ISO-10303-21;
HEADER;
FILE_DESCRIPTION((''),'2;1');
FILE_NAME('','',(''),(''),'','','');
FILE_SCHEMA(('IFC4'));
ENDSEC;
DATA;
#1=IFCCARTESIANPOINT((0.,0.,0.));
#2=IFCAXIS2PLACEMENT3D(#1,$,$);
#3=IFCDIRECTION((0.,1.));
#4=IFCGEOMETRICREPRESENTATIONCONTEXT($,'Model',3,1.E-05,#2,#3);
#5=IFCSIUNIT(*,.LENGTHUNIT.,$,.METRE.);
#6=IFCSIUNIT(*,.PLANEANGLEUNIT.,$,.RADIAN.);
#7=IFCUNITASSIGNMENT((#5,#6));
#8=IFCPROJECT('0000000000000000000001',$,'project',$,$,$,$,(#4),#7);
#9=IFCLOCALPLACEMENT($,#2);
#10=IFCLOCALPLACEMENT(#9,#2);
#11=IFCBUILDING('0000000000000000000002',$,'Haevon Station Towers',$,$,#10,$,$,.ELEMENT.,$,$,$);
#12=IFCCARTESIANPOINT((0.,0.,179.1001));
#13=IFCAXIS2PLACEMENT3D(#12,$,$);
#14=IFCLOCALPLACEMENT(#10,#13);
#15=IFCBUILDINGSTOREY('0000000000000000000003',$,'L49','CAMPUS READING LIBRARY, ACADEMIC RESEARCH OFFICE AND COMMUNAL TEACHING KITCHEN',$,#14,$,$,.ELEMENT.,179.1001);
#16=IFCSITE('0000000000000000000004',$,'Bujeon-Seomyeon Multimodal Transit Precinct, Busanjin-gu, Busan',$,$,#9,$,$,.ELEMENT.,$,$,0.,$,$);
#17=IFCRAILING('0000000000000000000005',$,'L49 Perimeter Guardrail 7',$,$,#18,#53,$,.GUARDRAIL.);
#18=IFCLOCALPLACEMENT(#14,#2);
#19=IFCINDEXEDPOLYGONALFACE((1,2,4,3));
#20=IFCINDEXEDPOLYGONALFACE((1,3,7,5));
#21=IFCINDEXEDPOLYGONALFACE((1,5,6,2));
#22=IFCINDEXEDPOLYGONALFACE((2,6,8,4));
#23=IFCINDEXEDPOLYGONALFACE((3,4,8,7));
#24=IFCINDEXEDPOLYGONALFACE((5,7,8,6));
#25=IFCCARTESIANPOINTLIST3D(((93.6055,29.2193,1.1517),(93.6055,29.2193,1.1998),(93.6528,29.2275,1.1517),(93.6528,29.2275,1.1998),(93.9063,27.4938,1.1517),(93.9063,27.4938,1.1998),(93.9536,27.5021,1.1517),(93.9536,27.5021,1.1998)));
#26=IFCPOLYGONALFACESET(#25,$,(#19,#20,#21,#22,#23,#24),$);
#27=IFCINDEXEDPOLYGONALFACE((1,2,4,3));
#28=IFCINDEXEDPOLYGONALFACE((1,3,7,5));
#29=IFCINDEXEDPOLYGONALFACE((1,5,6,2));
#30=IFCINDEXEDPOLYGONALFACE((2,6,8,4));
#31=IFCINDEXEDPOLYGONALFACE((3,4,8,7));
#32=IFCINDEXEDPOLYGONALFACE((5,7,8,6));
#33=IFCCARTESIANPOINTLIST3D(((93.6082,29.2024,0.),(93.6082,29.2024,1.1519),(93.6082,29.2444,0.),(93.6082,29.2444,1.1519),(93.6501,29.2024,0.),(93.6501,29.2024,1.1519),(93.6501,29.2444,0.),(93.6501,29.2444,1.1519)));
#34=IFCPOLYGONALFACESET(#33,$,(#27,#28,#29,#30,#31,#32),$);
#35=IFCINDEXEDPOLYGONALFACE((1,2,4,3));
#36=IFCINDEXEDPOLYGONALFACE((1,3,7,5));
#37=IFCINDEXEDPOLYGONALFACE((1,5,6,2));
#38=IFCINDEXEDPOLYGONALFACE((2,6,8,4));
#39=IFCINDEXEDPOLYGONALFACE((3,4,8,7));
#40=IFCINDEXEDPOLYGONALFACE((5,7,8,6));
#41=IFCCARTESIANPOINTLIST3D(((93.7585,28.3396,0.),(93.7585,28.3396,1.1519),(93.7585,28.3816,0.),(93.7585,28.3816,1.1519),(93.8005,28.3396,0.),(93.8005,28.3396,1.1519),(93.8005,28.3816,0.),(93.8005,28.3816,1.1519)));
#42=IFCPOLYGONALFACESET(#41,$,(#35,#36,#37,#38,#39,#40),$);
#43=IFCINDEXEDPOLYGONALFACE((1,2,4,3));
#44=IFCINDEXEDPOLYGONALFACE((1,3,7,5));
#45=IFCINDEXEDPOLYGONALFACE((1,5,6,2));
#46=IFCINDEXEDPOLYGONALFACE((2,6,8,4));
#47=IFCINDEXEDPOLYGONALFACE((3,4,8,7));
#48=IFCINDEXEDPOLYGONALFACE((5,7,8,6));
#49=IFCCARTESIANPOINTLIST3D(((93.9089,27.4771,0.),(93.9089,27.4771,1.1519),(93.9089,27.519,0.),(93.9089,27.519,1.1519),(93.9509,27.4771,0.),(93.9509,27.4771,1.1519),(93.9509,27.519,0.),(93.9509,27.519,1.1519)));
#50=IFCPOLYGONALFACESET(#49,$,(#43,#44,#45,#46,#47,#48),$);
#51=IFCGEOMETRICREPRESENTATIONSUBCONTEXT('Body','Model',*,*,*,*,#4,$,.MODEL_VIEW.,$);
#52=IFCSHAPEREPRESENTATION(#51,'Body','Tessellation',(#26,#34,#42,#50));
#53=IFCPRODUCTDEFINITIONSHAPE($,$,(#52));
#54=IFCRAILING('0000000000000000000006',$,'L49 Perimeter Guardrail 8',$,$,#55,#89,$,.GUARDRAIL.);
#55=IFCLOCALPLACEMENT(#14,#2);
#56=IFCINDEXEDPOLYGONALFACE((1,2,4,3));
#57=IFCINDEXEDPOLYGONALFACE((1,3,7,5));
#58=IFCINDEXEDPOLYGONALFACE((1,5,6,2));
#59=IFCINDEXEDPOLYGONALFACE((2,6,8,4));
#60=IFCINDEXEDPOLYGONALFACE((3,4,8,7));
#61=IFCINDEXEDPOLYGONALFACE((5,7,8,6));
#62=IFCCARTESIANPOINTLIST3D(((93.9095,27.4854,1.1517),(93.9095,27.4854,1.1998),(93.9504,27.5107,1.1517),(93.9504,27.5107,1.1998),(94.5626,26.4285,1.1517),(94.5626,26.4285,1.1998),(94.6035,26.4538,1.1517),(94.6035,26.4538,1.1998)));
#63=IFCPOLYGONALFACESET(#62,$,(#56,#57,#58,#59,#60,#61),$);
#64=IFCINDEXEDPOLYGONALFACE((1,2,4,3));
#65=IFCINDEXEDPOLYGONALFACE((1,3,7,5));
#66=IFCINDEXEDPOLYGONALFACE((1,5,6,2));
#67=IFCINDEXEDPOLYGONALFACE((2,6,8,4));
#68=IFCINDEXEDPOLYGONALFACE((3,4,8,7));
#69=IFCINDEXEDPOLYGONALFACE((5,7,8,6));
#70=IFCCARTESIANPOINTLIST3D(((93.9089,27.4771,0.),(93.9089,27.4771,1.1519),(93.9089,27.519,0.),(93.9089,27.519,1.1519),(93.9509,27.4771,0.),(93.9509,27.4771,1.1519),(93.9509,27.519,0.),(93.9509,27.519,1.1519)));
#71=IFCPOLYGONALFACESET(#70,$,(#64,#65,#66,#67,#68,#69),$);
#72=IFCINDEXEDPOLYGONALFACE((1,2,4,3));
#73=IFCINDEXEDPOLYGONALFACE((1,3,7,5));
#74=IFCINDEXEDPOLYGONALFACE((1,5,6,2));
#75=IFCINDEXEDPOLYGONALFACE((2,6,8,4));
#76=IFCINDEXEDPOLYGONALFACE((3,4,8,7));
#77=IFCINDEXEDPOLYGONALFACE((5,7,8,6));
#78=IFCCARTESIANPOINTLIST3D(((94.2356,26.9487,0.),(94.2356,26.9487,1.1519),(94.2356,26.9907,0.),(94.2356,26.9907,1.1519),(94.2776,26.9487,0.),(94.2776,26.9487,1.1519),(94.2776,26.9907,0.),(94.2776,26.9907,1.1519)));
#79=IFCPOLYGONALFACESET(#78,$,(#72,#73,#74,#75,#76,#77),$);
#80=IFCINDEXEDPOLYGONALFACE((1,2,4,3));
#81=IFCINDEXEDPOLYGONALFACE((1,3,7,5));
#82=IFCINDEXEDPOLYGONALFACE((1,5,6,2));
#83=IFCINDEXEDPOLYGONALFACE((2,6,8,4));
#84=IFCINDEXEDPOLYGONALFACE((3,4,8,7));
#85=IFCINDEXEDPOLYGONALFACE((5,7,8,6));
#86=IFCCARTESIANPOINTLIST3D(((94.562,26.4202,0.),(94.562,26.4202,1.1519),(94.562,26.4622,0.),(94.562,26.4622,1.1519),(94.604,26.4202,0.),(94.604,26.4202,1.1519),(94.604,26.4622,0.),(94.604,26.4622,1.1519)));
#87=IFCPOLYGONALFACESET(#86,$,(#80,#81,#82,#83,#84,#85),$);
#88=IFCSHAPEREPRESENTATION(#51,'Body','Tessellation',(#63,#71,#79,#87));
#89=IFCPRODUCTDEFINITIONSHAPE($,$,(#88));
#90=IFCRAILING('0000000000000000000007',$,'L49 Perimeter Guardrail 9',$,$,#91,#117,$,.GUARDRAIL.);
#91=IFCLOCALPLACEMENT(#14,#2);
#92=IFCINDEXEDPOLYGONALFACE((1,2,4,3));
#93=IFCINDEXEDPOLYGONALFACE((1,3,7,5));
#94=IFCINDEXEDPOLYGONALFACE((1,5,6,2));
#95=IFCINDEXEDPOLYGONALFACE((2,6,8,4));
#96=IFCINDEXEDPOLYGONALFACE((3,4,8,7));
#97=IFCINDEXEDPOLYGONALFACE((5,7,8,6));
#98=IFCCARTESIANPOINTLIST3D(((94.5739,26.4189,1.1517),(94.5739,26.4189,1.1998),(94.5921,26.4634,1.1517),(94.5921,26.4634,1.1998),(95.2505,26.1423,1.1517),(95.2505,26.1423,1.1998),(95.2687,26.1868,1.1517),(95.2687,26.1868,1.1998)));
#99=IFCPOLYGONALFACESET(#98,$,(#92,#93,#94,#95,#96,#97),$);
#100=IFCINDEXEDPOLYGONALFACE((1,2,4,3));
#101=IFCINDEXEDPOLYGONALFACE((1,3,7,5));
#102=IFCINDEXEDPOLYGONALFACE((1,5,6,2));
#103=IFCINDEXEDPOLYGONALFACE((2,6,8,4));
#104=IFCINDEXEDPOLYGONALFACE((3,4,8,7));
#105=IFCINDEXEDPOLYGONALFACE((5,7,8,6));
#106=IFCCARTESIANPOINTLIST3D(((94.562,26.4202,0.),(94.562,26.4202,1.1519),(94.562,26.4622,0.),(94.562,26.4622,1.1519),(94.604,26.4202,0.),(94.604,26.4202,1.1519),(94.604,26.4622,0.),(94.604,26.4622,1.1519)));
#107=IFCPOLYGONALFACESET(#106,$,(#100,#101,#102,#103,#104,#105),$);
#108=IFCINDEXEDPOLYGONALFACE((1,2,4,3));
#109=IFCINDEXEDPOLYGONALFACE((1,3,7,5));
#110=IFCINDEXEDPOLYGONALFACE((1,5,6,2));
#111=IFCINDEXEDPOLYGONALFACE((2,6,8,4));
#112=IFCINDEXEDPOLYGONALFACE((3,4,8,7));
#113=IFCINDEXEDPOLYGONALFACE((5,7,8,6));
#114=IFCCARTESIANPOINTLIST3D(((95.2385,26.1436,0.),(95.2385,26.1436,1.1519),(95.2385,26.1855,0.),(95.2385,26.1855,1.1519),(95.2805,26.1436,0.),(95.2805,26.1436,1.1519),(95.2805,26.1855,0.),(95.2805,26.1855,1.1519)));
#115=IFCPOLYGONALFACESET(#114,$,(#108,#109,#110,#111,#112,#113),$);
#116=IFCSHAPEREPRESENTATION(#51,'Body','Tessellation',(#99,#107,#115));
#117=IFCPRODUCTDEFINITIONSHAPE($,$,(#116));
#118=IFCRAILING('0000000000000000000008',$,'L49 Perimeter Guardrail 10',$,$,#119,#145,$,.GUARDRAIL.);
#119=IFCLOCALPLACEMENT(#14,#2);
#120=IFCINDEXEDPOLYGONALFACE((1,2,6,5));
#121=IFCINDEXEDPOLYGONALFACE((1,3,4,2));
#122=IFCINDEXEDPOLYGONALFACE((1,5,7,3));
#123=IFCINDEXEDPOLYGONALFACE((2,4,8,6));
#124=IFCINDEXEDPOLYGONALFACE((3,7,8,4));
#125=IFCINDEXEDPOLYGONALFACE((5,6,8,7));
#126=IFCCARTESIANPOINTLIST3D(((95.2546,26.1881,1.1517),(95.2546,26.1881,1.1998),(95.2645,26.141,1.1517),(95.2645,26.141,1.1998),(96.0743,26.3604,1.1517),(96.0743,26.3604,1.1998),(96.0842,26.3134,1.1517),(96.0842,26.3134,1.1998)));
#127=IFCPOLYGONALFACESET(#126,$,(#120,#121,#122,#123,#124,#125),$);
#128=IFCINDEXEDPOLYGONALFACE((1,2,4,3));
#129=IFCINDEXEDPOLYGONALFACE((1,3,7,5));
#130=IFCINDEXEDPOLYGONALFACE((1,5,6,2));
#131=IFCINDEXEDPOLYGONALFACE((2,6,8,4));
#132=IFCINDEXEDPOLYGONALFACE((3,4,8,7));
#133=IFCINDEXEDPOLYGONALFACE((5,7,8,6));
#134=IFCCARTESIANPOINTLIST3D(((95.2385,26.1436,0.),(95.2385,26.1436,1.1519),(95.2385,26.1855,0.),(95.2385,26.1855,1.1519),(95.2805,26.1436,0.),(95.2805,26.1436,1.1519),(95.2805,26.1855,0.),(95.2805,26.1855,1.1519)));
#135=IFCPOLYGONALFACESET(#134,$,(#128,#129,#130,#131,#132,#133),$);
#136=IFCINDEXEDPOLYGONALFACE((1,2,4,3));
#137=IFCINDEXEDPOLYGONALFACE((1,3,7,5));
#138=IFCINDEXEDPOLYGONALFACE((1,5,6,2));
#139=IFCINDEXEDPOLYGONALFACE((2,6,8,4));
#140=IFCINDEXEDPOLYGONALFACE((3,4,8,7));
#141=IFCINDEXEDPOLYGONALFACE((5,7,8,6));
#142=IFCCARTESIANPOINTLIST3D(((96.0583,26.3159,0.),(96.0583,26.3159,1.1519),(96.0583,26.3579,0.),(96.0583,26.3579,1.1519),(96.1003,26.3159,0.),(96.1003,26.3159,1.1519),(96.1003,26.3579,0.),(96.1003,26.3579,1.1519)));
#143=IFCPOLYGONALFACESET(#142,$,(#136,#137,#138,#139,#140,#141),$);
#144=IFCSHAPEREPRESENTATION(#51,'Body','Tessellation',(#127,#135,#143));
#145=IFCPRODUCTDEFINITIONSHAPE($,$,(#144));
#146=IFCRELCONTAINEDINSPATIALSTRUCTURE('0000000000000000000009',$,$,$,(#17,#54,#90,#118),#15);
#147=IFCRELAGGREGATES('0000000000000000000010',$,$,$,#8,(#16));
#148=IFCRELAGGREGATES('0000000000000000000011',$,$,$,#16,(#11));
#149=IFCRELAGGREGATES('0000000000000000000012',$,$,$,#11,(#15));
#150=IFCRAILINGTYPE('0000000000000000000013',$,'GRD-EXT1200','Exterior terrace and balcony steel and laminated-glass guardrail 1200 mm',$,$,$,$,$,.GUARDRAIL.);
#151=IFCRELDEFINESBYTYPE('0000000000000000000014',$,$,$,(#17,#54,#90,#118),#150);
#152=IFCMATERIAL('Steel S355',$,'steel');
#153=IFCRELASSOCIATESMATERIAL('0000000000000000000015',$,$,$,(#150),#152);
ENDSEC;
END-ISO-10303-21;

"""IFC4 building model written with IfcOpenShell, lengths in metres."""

from ifc_helpers import new_model, si_unit, direction, frame, origin, origin_2d, place, context, subcontext, project, spatial, rectangle, extrude, material, type_object, element, save


model = new_model("IFC4")

# Units and contexts
model_context = context("Model", 3, precision=1e-05, world=origin(), true_north=direction((0.0, 1.0)))
body_context = subcontext(model_context, "Body", "Model", "MODEL_VIEW")
ifc_project = project(units=[si_unit("LENGTHUNIT", "METRE"), si_unit("PLANEANGLEUNIT", "RADIAN")], contexts=[model_context])

# Site, building, storey
site_placement = place(None, origin())
site = spatial("IfcSite", under=ifc_project, at=site_placement, Name="Bujeon-Seomyeon Multimodal Transit Precinct, Busanjin-gu, Busan", CompositionType="ELEMENT", RefElevation=0.0)
building_placement = place(site_placement, origin())
building = spatial("IfcBuilding", under=site, at=building_placement, Name="Haevon Station Towers", CompositionType="ELEMENT")
storey_placement = place(building_placement, frame((0.0, 0.0, 179.1001)))
storey = spatial("IfcBuildingStorey", under=building, at=storey_placement, Name="L49", Description="CAMPUS READING LIBRARY, ACADEMIC RESEARCH OFFICE AND COMMUNAL TEACHING KITCHEN", CompositionType="ELEMENT", Elevation=179.1001)

# Shared definitions
ifc_material_1 = material(Name="Steel S355", Category="steel")

# Railings
railing_type = type_object("IfcRailingType", Name="GRD-EXT1200", Description="Exterior terrace and balcony steel and laminated-glass guardrail 1200 mm", PredefinedType="GUARDRAIL", material=ifc_material_1)
railing_1_placement = place(storey_placement, frame((93.6292, 29.2234, 0.0)))
element("IfcRailing", 1, at=railing_1_placement, inside=storey, type_object=railing_type, Name="L49 Perimeter Guardrail 7", PredefinedType="GUARDRAIL", context=body_context, shape_type="SweptSolid", body=[
    extrude(rectangle(XDim=0.0481, YDim=0.0481, at=origin_2d()), frame((0.0, 0.0, 1.1758), z_axis=(0.171741, -0.985142, 0.0), x_axis=(0.985142, 0.171741, 0.0)), (0.0, 0.0, 1.0), 1.7515),
    extrude(rectangle(XDim=0.042, YDim=0.042, at=origin_2d()), origin(), (0.0, 0.0, 1.0), 1.1519),
    extrude(rectangle(XDim=0.042, YDim=0.042, at=origin_2d()), frame((0.1504, -0.8628, 0.0)), (0.0, 0.0, 1.0), 1.1519),
    extrude(rectangle(XDim=0.042, YDim=0.042, at=origin_2d()), frame((0.3008, -1.7253, 0.0)), (0.0, 0.0, 1.0), 1.1519),
])
railing_2_placement = place(storey_placement, frame((93.9299, 27.498, 0.0)))
element("IfcRailing", 2, at=railing_2_placement, inside=storey, type_object=railing_type, Name="L49 Perimeter Guardrail 8", PredefinedType="GUARDRAIL", context=body_context, shape_type="SweptSolid", body=[
    extrude(rectangle(XDim=0.0481, YDim=0.0481, at=origin_2d()), frame((0.0, 0.0, 1.1758), z_axis=(0.525664, -0.850692, 0.0), x_axis=(0.850692, 0.525664, 0.0)), (0.0, 0.0, 1.0), 1.2424),
    extrude(rectangle(XDim=0.042, YDim=0.042, at=origin_2d()), origin(), (0.0, 0.0, 1.0), 1.1519),
    extrude(rectangle(XDim=0.042, YDim=0.042, at=origin_2d()), frame((0.3267, -0.5283, 0.0)), (0.0, 0.0, 1.0), 1.1519),
    extrude(rectangle(XDim=0.042, YDim=0.042, at=origin_2d()), frame((0.6531, -1.0569, 0.0)), (0.0, 0.0, 1.0), 1.1519),
])
railing_3_placement = place(storey_placement, frame((94.583, 26.4412, 0.0)))
element("IfcRailing", 3, at=railing_3_placement, inside=storey, type_object=railing_type, Name="L49 Perimeter Guardrail 9", PredefinedType="GUARDRAIL", context=body_context, shape_type="SweptSolid", body=[
    extrude(rectangle(XDim=0.0481, YDim=0.0481, at=origin_2d()), frame((0.0, 0.0, 1.1758), z_axis=(0.925616, -0.378464, 0.0), x_axis=(0.378464, 0.925616, 0.0)), (0.0, 0.0, 1.0), 0.731),
    extrude(rectangle(XDim=0.042, YDim=0.042, at=origin_2d()), origin(), (0.0, 0.0, 1.0), 1.1519),
    extrude(rectangle(XDim=0.042, YDim=0.042, at=origin_2d()), frame((0.6765, -0.2766, 0.0)), (0.0, 0.0, 1.0), 1.1519),
])
railing_4_placement = place(storey_placement, frame((95.2595, 26.1646, 0.0)))
element("IfcRailing", 4, at=railing_4_placement, inside=storey, type_object=railing_type, Name="L49 Perimeter Guardrail 10", PredefinedType="GUARDRAIL", context=body_context, shape_type="SweptSolid", body=[
    extrude(rectangle(XDim=0.0481, YDim=0.0481, at=origin_2d()), frame((0.0, 0.0, 1.1758), z_axis=(0.978605, 0.205746, 0.0), x_axis=(-0.205746, 0.978605, 0.0)), (0.0, 0.0, 1.0), 0.8376),
    extrude(rectangle(XDim=0.042, YDim=0.042, at=origin_2d()), origin(), (0.0, 0.0, 1.0), 1.1519),
    extrude(rectangle(XDim=0.042, YDim=0.042, at=origin_2d()), frame((0.8198, 0.1724, 0.0)), (0.0, 0.0, 1.0), 1.1519),
])

save(model, "model.ifc")
